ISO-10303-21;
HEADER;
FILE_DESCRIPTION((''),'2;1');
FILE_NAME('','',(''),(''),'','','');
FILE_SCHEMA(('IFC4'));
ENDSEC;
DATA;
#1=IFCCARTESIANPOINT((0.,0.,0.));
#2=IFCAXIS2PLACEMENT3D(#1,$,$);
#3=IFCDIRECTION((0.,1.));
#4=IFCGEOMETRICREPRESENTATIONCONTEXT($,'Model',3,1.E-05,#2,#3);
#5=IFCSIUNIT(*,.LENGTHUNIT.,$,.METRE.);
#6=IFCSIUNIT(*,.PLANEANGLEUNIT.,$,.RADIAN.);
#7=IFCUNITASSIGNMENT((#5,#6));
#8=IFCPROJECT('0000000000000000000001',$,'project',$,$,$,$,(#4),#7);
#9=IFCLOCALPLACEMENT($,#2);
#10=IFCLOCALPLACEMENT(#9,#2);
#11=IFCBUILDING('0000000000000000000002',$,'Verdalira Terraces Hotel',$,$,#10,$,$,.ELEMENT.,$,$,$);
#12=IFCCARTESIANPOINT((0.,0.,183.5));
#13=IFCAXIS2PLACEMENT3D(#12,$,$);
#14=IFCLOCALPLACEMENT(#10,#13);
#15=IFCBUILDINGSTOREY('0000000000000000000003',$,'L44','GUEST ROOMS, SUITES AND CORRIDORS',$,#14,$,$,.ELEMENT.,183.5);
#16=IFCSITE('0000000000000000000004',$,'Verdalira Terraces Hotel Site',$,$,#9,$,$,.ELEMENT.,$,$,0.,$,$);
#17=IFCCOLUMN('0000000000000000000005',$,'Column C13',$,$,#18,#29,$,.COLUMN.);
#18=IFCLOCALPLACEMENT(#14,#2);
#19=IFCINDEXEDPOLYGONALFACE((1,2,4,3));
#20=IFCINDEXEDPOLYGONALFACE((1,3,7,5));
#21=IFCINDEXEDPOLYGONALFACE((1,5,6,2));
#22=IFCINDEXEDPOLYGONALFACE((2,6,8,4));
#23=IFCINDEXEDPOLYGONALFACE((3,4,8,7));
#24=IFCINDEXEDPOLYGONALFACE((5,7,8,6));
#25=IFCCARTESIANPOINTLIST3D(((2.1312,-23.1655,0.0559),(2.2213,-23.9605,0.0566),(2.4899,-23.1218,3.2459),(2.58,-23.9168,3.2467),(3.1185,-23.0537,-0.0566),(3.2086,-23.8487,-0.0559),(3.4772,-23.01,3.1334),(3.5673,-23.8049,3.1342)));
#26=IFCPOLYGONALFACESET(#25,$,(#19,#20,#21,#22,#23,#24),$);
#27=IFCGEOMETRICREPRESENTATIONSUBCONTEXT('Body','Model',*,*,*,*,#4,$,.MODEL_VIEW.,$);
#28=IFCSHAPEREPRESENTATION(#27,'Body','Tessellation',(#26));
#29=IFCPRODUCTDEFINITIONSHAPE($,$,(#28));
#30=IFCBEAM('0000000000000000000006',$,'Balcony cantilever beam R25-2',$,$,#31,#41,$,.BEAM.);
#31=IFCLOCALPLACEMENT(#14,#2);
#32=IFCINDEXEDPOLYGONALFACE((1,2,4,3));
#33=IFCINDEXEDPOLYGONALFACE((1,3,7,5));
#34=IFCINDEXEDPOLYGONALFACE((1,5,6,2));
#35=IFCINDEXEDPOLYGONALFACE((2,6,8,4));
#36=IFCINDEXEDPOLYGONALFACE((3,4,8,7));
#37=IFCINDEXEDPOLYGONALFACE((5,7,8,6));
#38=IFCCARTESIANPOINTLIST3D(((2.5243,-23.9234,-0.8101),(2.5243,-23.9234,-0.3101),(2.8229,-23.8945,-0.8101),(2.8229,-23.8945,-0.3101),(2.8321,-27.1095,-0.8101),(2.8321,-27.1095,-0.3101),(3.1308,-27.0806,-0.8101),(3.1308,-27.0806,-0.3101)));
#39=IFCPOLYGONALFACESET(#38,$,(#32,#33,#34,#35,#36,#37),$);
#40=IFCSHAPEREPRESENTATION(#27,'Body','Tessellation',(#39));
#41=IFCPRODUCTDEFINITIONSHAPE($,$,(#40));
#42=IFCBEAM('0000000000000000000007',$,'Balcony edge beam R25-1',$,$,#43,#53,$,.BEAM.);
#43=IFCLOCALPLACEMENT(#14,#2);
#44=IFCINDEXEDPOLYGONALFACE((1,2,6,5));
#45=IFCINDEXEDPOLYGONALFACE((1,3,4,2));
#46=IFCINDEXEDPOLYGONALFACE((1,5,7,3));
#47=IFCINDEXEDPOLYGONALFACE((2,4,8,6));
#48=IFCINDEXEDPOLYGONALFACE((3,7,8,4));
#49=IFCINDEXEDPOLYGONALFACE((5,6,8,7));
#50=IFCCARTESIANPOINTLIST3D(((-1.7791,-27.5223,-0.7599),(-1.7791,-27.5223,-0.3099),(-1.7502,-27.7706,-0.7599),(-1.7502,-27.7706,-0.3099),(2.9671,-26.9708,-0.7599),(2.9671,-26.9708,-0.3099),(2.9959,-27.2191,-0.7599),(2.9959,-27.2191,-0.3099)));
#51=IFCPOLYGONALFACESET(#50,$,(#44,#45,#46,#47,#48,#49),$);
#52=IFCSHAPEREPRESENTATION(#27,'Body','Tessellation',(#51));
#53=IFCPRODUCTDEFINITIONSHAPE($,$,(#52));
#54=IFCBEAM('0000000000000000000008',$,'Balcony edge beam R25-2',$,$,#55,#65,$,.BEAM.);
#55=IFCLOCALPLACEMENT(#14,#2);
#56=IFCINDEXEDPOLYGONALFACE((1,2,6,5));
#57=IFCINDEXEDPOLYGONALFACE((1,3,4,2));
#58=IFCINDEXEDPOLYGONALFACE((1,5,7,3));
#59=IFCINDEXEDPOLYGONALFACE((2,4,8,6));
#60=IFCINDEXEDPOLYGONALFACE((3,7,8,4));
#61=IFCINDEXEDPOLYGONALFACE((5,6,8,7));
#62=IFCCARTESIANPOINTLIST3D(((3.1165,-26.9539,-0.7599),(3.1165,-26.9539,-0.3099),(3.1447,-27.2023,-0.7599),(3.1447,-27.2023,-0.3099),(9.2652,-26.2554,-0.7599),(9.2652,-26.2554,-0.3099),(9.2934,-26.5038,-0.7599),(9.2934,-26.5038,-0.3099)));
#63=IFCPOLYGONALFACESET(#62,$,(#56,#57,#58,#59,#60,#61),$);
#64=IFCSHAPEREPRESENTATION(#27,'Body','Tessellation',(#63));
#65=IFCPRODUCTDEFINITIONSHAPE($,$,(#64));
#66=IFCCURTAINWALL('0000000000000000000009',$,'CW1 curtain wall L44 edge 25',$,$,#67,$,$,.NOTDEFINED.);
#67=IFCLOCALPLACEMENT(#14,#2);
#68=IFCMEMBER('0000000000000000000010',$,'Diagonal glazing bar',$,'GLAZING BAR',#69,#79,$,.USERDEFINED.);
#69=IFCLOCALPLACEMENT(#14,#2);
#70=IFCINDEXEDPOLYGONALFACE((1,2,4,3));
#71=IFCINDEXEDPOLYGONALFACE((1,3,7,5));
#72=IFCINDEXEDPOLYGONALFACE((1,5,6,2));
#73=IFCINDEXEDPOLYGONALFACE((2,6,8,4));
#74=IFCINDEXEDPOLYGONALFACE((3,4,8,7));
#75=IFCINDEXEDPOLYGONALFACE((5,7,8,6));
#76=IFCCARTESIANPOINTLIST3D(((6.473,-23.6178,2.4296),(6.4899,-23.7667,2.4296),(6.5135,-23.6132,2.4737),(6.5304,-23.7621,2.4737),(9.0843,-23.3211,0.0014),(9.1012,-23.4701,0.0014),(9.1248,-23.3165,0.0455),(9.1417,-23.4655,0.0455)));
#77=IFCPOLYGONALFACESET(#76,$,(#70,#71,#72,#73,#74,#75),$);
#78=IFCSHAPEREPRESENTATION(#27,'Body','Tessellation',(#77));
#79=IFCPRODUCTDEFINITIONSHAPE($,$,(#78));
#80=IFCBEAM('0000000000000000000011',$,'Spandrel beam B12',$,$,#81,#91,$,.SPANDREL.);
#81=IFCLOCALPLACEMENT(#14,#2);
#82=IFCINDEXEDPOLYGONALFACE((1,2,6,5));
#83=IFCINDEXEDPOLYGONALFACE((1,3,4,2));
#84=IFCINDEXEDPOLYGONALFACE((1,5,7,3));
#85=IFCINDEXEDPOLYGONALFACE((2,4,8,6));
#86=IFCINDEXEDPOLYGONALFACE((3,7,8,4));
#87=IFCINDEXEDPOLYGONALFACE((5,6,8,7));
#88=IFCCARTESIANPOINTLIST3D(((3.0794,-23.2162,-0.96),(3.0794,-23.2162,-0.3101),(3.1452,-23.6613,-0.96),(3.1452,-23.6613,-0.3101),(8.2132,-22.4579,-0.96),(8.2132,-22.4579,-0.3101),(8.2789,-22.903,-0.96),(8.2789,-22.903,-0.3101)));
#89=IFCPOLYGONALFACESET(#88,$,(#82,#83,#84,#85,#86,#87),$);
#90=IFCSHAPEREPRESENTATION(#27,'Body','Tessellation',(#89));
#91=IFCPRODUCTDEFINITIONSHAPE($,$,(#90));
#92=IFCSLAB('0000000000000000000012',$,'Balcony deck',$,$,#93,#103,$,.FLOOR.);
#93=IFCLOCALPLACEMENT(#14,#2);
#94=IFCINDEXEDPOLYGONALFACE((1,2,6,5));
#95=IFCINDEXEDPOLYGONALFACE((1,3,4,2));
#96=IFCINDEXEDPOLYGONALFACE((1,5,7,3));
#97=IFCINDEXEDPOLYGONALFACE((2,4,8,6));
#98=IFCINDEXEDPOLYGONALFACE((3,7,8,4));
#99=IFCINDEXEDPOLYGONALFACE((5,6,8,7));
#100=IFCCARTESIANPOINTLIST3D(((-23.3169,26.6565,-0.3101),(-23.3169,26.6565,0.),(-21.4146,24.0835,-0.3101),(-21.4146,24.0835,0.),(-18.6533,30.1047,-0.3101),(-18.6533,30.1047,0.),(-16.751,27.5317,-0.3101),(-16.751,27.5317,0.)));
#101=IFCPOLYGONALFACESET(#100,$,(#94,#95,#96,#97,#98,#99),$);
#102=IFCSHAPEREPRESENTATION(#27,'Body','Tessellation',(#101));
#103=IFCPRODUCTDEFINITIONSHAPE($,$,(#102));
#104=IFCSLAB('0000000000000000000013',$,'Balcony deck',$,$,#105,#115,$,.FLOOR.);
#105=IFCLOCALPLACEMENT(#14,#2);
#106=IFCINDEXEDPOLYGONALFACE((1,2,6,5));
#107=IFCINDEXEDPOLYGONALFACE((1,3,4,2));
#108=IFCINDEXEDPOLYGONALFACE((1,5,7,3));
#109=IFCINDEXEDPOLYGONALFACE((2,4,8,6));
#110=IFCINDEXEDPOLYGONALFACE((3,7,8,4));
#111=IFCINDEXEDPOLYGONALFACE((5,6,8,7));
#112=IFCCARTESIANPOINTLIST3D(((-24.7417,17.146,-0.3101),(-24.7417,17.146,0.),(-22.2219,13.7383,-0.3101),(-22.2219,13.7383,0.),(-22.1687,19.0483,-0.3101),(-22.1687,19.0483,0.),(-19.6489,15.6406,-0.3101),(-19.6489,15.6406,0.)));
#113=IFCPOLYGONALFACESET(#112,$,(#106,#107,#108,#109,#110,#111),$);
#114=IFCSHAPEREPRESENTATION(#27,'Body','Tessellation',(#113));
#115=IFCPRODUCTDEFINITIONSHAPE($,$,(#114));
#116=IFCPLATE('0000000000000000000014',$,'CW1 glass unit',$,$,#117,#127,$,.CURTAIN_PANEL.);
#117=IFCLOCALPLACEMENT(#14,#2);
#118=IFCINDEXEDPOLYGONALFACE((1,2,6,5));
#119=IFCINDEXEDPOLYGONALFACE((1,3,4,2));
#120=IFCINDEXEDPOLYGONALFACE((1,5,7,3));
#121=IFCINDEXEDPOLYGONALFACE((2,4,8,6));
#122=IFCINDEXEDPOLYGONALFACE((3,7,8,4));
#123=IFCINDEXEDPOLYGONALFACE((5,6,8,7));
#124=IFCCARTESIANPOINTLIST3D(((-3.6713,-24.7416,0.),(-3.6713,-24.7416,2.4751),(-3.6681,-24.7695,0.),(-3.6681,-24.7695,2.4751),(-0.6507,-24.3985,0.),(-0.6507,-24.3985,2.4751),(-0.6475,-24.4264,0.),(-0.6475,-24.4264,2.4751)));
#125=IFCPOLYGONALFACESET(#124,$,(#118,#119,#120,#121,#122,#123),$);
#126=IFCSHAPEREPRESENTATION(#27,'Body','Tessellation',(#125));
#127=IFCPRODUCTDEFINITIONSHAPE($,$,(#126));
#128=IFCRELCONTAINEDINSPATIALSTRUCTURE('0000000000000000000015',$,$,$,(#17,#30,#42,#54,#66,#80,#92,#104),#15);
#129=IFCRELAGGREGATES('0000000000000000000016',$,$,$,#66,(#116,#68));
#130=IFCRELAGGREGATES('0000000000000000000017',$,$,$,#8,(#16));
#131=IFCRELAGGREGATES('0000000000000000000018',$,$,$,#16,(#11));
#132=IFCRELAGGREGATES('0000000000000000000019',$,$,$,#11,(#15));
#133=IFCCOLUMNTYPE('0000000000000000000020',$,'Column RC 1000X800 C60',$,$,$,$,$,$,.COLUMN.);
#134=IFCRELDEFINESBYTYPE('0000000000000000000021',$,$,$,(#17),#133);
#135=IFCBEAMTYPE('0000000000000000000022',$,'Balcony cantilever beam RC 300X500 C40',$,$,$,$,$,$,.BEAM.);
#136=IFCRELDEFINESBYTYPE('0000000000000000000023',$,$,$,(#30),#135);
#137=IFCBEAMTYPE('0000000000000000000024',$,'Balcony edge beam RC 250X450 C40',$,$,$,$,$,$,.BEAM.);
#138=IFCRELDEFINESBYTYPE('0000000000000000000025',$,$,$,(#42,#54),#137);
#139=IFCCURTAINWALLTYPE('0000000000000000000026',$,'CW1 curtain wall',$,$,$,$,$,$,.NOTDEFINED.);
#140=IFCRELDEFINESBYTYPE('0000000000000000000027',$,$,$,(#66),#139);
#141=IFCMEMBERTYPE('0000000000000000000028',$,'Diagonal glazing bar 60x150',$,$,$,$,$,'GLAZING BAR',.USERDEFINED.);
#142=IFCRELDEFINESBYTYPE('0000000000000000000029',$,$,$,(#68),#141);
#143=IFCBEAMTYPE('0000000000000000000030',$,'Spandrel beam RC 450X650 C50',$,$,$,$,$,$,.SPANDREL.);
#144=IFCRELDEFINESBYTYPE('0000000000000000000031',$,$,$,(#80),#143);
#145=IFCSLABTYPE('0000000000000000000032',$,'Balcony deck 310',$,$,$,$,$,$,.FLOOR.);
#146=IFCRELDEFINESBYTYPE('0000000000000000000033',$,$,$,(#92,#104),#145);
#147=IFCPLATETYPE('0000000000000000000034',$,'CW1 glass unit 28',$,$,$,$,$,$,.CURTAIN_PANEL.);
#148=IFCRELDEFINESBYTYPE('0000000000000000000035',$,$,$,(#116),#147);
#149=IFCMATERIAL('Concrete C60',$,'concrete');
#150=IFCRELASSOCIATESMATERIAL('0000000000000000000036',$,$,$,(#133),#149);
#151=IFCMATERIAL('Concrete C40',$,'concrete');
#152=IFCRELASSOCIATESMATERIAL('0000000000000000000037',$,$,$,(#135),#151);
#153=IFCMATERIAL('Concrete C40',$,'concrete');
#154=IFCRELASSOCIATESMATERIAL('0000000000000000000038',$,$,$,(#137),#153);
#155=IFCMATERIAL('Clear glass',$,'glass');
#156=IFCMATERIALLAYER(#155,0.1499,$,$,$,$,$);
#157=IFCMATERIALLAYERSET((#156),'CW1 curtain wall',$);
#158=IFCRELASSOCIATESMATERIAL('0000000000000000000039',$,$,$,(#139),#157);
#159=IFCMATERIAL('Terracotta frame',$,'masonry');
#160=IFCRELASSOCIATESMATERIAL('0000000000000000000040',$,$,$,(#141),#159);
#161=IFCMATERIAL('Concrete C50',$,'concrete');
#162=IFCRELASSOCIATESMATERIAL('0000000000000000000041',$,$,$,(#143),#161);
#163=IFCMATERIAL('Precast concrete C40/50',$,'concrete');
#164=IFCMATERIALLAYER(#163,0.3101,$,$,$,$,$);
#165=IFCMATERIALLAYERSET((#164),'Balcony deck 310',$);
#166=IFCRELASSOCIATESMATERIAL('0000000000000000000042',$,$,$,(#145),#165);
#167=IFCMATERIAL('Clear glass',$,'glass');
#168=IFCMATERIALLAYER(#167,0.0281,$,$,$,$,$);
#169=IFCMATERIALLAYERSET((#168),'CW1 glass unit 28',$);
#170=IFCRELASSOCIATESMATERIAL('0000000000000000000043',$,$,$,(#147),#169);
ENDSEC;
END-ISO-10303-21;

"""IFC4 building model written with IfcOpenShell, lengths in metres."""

from ifc_helpers import new_model, si_unit, direction, frame, origin, origin_2d, place, context, subcontext, project, spatial, polyline, rectangle, outline, extrude, material, layer, layer_set, material_profile, profile_set, type_object, element, aggregate, save


model = new_model("IFC4")

# Units and contexts
model_context = context("Model", 3, precision=1e-05, world=origin(), true_north=direction((0.0, 1.0)))
body_context = subcontext(model_context, "Body", "Model", "MODEL_VIEW")
ifc_project = project(units=[si_unit("LENGTHUNIT", "METRE"), si_unit("PLANEANGLEUNIT", "RADIAN")], contexts=[model_context])

# Site, building, storey
site_placement = place(None, origin())
site = spatial("IfcSite", under=ifc_project, at=site_placement, Name="Verdalira Terraces Hotel Site", CompositionType="ELEMENT", RefElevation=0.0)
building_placement = place(site_placement, origin())
building = spatial("IfcBuilding", under=site, at=building_placement, Name="Verdalira Terraces Hotel", CompositionType="ELEMENT")
storey_placement = place(building_placement, frame((0.0, 0.0, 183.5)))
storey = spatial("IfcBuildingStorey", under=building, at=storey_placement, Name="L44", Description="GUEST ROOMS, SUITES AND CORRIDORS", CompositionType="ELEMENT", Elevation=183.5)

# Column
ifc_material_1 = material(Name="Concrete C60", Category="concrete")
ifc_material_profile_1 = material_profile(ifc_material_1, rectangle(XDim=1.0, YDim=0.8, at=origin_2d()), Name="RC 1000X800")
ifc_profile_set_1 = profile_set([ifc_material_profile_1], Name="Concrete C60")
column_type = type_object("IfcColumnType", Name="Column RC 1000X800 C60", PredefinedType="COLUMN", material=ifc_profile_set_1)
column_placement = place(storey_placement, frame((2.6699, -23.5071, 0.0), z_axis=(0.111715, 0.013613, 0.993647), x_axis=(0.987336, 0.111815, -0.112537)))
element("IfcColumn", 1, at=column_placement, inside=storey, type_object=column_type, Name="Column C13", PredefinedType="COLUMN", context=body_context, shape_type="SweptSolid", body=[
    extrude(rectangle(XDim=1.0, YDim=0.8, at=origin_2d()), origin(), (0.0, 0.0, 1.0), 3.2104),
])

# Beams
ifc_material_2 = material(Name="Concrete C40", Category="concrete")
ifc_material_profile_2 = material_profile(ifc_material_2, rectangle(XDim=0.3, YDim=0.5, at=origin_2d()), Name="RC 300X500")
ifc_profile_set_2 = profile_set([ifc_material_profile_2], Name="Concrete C40")
beam_type_1 = type_object("IfcBeamType", Name="Balcony cantilever beam RC 300X500 C40", PredefinedType="BEAM", material=ifc_profile_set_2)
beam_1_placement = place(storey_placement, frame((2.6736, -23.9089, -0.5601), z_axis=(0.09618, -0.995364, 0.0), x_axis=(0.995364, 0.09618, 0.0)))
element("IfcBeam", 2, at=beam_1_placement, inside=storey, type_object=beam_type_1, Name="Balcony cantilever beam R25-2", PredefinedType="BEAM", context=body_context, shape_type="SweptSolid", body=[
    extrude(rectangle(XDim=0.3, YDim=0.5, at=origin_2d()), origin(), (0.0, 0.0, 1.0), 3.2009),
])
ifc_material_3 = material(Name="Concrete C40", Category="concrete")
ifc_material_profile_3 = material_profile(ifc_material_3, rectangle(XDim=0.25, YDim=0.45, at=origin_2d()), Name="RC 250X450")
ifc_profile_set_3 = profile_set([ifc_material_profile_3], Name="Concrete C40")
beam_type_2 = type_object("IfcBeamType", Name="Balcony edge beam RC 250X450 C40", PredefinedType="BEAM", material=ifc_profile_set_3)
beam_2_placement = place(storey_placement, frame((-1.7646, -27.6465, -0.5349), z_axis=(0.993316, 0.115427, 0.0), x_axis=(-0.115427, 0.993316, 0.0)))
element("IfcBeam", 3, at=beam_2_placement, inside=storey, type_object=beam_type_2, Name="Balcony edge beam R25-1", PredefinedType="BEAM", context=body_context, shape_type="SweptSolid", body=[
    extrude(rectangle(XDim=0.25, YDim=0.45, at=origin_2d()), origin(), (0.0, 0.0, 1.0), 4.7781),
])
beam_3_placement = place(storey_placement, frame((3.1306, -27.0781, -0.5349), z_axis=(0.993609, 0.112873, 0.0), x_axis=(-0.112873, 0.993609, 0.0)))
element("IfcBeam", 4, at=beam_3_placement, inside=storey, type_object=beam_type_2, Name="Balcony edge beam R25-2", PredefinedType="BEAM", context=body_context, shape_type="SweptSolid", body=[
    extrude(rectangle(XDim=0.25, YDim=0.45, at=origin_2d()), origin(), (0.0, 0.0, 1.0), 6.1882),
])

# Curtain wall, member
ifc_material_4 = material(Name="Clear glass", Category="glass")
ifc_layer_1 = layer(ifc_material_4, 0.1499)
ifc_layer_set_1 = layer_set([ifc_layer_1], Name="CW1 curtain wall")
curtain_wall_type = type_object("IfcCurtainWallType", Name="CW1 curtain wall", PredefinedType="NOTDEFINED", material=ifc_layer_set_1)
curtain_wall_placement = place(storey_placement, origin())
curtain_wall = element("IfcCurtainWall", 5, at=curtain_wall_placement, inside=storey, type_object=curtain_wall_type, Name="CW1 curtain wall L44 edge 25", PredefinedType="NOTDEFINED")
ifc_material_5 = material(Name="Terracotta frame", Category="masonry")
ifc_material_profile_4 = material_profile(ifc_material_5, rectangle(XDim=0.1499, YDim=0.0601, at=origin_2d()), Name="GB 60x150")
ifc_profile_set_4 = profile_set([ifc_material_profile_4], Name="Terracotta frame")
member_type = type_object("IfcMemberType", Name="Diagonal glazing bar 60x150", ElementType="GLAZING BAR", PredefinedType="USERDEFINED", material=ifc_profile_set_4)
member_placement = place(storey_placement, frame((6.5017, -23.6899, 2.4517), z_axis=(0.729795, 0.0829, -0.678622), x_axis=(-0.112868, 0.99361, 0.0)))
member = element("IfcMember", 6, at=member_placement, type_object=member_type, Name="Diagonal glazing bar", ObjectType="GLAZING BAR", PredefinedType="USERDEFINED", context=body_context, shape_type="SweptSolid", body=[
    extrude(rectangle(XDim=0.1499, YDim=0.0601, at=origin_2d()), origin(), (0.0, 0.0, 1.0), 3.5781),
])

# Beam
ifc_material_6 = material(Name="Concrete C50", Category="concrete")
ifc_material_profile_5 = material_profile(ifc_material_6, rectangle(XDim=0.45, YDim=0.6499, at=origin_2d()), Name="RC 450X650")
ifc_profile_set_5 = profile_set([ifc_material_profile_5], Name="Concrete C50")
beam_type_3 = type_object("IfcBeamType", Name="Spandrel beam RC 450X650 C50", PredefinedType="SPANDREL", material=ifc_profile_set_5)
beam_4_placement = place(storey_placement, frame((3.1123, -23.4387, -0.635), z_axis=(0.989267, 0.146122, 0.0), x_axis=(-0.146122, 0.989267, 0.0)))
element("IfcBeam", 7, at=beam_4_placement, inside=storey, type_object=beam_type_3, Name="Spandrel beam B12", PredefinedType="SPANDREL", context=body_context, shape_type="SweptSolid", body=[
    extrude(rectangle(XDim=0.45, YDim=0.6499, at=origin_2d()), origin(), (0.0, 0.0, 1.0), 5.1895),
])

# Slabs
ifc_material_7 = material(Name="Precast concrete C40/50", Category="concrete")
ifc_layer_2 = layer(ifc_material_7, 0.3101)
ifc_layer_set_2 = layer_set([ifc_layer_2], Name="Balcony deck 310")
slab_type_1 = type_object("IfcSlabType", Name="Balcony deck 310", PredefinedType="FLOOR", material=ifc_layer_set_2)
slab_1_placement = place(storey_placement, frame((0.0, 0.0, -0.3101)))
element("IfcSlab", 8, at=slab_1_placement, inside=storey, type_object=slab_type_1, Name="Balcony deck", PredefinedType="FLOOR", context=body_context, shape_type="SweptSolid", body=[
    extrude(outline(polyline([(-23.3169, 26.6565), (-21.4146, 24.0835), (-16.751, 27.5317), (-18.6533, 30.1047), (-23.3169, 26.6565)])), origin(), (0.0, 0.0, 1.0), 0.3101),
])
slab_2_placement = place(storey_placement, frame((0.0, 0.0, -0.3101)))
element("IfcSlab", 9, at=slab_2_placement, inside=storey, type_object=slab_type_1, Name="Balcony deck", PredefinedType="FLOOR", context=body_context, shape_type="SweptSolid", body=[
    extrude(outline(polyline([(-22.2219, 13.7383), (-19.6489, 15.6406), (-22.1687, 19.0483), (-24.7417, 17.146), (-22.2219, 13.7383)])), origin(), (0.0, 0.0, 1.0), 0.3101),
])

# Plate
ifc_material_8 = material(Name="Clear glass", Category="glass")
ifc_layer_3 = layer(ifc_material_8, 0.0281)
ifc_layer_set_3 = layer_set([ifc_layer_3], Name="CW1 glass unit 28")
plate_type = type_object("IfcPlateType", Name="CW1 glass unit 28", PredefinedType="CURTAIN_PANEL", material=ifc_layer_set_3)
plate_placement = place(storey_placement, frame((-2.1594, -24.584, 0.0), z_axis=(0.0, 0.0, 1.0), x_axis=(0.993611, 0.112856, 0.0)))
plate = element("IfcPlate", 10, at=plate_placement, type_object=plate_type, Name="CW1 glass unit", PredefinedType="CURTAIN_PANEL", context=body_context, shape_type="SweptSolid", body=[
    extrude(rectangle(XDim=3.04, YDim=0.0281, at=origin_2d()), origin(), (0.0, 0.0, 1.0), 2.4751),
])
aggregate(curtain_wall, [plate, member])

save(model, "model.ifc")
